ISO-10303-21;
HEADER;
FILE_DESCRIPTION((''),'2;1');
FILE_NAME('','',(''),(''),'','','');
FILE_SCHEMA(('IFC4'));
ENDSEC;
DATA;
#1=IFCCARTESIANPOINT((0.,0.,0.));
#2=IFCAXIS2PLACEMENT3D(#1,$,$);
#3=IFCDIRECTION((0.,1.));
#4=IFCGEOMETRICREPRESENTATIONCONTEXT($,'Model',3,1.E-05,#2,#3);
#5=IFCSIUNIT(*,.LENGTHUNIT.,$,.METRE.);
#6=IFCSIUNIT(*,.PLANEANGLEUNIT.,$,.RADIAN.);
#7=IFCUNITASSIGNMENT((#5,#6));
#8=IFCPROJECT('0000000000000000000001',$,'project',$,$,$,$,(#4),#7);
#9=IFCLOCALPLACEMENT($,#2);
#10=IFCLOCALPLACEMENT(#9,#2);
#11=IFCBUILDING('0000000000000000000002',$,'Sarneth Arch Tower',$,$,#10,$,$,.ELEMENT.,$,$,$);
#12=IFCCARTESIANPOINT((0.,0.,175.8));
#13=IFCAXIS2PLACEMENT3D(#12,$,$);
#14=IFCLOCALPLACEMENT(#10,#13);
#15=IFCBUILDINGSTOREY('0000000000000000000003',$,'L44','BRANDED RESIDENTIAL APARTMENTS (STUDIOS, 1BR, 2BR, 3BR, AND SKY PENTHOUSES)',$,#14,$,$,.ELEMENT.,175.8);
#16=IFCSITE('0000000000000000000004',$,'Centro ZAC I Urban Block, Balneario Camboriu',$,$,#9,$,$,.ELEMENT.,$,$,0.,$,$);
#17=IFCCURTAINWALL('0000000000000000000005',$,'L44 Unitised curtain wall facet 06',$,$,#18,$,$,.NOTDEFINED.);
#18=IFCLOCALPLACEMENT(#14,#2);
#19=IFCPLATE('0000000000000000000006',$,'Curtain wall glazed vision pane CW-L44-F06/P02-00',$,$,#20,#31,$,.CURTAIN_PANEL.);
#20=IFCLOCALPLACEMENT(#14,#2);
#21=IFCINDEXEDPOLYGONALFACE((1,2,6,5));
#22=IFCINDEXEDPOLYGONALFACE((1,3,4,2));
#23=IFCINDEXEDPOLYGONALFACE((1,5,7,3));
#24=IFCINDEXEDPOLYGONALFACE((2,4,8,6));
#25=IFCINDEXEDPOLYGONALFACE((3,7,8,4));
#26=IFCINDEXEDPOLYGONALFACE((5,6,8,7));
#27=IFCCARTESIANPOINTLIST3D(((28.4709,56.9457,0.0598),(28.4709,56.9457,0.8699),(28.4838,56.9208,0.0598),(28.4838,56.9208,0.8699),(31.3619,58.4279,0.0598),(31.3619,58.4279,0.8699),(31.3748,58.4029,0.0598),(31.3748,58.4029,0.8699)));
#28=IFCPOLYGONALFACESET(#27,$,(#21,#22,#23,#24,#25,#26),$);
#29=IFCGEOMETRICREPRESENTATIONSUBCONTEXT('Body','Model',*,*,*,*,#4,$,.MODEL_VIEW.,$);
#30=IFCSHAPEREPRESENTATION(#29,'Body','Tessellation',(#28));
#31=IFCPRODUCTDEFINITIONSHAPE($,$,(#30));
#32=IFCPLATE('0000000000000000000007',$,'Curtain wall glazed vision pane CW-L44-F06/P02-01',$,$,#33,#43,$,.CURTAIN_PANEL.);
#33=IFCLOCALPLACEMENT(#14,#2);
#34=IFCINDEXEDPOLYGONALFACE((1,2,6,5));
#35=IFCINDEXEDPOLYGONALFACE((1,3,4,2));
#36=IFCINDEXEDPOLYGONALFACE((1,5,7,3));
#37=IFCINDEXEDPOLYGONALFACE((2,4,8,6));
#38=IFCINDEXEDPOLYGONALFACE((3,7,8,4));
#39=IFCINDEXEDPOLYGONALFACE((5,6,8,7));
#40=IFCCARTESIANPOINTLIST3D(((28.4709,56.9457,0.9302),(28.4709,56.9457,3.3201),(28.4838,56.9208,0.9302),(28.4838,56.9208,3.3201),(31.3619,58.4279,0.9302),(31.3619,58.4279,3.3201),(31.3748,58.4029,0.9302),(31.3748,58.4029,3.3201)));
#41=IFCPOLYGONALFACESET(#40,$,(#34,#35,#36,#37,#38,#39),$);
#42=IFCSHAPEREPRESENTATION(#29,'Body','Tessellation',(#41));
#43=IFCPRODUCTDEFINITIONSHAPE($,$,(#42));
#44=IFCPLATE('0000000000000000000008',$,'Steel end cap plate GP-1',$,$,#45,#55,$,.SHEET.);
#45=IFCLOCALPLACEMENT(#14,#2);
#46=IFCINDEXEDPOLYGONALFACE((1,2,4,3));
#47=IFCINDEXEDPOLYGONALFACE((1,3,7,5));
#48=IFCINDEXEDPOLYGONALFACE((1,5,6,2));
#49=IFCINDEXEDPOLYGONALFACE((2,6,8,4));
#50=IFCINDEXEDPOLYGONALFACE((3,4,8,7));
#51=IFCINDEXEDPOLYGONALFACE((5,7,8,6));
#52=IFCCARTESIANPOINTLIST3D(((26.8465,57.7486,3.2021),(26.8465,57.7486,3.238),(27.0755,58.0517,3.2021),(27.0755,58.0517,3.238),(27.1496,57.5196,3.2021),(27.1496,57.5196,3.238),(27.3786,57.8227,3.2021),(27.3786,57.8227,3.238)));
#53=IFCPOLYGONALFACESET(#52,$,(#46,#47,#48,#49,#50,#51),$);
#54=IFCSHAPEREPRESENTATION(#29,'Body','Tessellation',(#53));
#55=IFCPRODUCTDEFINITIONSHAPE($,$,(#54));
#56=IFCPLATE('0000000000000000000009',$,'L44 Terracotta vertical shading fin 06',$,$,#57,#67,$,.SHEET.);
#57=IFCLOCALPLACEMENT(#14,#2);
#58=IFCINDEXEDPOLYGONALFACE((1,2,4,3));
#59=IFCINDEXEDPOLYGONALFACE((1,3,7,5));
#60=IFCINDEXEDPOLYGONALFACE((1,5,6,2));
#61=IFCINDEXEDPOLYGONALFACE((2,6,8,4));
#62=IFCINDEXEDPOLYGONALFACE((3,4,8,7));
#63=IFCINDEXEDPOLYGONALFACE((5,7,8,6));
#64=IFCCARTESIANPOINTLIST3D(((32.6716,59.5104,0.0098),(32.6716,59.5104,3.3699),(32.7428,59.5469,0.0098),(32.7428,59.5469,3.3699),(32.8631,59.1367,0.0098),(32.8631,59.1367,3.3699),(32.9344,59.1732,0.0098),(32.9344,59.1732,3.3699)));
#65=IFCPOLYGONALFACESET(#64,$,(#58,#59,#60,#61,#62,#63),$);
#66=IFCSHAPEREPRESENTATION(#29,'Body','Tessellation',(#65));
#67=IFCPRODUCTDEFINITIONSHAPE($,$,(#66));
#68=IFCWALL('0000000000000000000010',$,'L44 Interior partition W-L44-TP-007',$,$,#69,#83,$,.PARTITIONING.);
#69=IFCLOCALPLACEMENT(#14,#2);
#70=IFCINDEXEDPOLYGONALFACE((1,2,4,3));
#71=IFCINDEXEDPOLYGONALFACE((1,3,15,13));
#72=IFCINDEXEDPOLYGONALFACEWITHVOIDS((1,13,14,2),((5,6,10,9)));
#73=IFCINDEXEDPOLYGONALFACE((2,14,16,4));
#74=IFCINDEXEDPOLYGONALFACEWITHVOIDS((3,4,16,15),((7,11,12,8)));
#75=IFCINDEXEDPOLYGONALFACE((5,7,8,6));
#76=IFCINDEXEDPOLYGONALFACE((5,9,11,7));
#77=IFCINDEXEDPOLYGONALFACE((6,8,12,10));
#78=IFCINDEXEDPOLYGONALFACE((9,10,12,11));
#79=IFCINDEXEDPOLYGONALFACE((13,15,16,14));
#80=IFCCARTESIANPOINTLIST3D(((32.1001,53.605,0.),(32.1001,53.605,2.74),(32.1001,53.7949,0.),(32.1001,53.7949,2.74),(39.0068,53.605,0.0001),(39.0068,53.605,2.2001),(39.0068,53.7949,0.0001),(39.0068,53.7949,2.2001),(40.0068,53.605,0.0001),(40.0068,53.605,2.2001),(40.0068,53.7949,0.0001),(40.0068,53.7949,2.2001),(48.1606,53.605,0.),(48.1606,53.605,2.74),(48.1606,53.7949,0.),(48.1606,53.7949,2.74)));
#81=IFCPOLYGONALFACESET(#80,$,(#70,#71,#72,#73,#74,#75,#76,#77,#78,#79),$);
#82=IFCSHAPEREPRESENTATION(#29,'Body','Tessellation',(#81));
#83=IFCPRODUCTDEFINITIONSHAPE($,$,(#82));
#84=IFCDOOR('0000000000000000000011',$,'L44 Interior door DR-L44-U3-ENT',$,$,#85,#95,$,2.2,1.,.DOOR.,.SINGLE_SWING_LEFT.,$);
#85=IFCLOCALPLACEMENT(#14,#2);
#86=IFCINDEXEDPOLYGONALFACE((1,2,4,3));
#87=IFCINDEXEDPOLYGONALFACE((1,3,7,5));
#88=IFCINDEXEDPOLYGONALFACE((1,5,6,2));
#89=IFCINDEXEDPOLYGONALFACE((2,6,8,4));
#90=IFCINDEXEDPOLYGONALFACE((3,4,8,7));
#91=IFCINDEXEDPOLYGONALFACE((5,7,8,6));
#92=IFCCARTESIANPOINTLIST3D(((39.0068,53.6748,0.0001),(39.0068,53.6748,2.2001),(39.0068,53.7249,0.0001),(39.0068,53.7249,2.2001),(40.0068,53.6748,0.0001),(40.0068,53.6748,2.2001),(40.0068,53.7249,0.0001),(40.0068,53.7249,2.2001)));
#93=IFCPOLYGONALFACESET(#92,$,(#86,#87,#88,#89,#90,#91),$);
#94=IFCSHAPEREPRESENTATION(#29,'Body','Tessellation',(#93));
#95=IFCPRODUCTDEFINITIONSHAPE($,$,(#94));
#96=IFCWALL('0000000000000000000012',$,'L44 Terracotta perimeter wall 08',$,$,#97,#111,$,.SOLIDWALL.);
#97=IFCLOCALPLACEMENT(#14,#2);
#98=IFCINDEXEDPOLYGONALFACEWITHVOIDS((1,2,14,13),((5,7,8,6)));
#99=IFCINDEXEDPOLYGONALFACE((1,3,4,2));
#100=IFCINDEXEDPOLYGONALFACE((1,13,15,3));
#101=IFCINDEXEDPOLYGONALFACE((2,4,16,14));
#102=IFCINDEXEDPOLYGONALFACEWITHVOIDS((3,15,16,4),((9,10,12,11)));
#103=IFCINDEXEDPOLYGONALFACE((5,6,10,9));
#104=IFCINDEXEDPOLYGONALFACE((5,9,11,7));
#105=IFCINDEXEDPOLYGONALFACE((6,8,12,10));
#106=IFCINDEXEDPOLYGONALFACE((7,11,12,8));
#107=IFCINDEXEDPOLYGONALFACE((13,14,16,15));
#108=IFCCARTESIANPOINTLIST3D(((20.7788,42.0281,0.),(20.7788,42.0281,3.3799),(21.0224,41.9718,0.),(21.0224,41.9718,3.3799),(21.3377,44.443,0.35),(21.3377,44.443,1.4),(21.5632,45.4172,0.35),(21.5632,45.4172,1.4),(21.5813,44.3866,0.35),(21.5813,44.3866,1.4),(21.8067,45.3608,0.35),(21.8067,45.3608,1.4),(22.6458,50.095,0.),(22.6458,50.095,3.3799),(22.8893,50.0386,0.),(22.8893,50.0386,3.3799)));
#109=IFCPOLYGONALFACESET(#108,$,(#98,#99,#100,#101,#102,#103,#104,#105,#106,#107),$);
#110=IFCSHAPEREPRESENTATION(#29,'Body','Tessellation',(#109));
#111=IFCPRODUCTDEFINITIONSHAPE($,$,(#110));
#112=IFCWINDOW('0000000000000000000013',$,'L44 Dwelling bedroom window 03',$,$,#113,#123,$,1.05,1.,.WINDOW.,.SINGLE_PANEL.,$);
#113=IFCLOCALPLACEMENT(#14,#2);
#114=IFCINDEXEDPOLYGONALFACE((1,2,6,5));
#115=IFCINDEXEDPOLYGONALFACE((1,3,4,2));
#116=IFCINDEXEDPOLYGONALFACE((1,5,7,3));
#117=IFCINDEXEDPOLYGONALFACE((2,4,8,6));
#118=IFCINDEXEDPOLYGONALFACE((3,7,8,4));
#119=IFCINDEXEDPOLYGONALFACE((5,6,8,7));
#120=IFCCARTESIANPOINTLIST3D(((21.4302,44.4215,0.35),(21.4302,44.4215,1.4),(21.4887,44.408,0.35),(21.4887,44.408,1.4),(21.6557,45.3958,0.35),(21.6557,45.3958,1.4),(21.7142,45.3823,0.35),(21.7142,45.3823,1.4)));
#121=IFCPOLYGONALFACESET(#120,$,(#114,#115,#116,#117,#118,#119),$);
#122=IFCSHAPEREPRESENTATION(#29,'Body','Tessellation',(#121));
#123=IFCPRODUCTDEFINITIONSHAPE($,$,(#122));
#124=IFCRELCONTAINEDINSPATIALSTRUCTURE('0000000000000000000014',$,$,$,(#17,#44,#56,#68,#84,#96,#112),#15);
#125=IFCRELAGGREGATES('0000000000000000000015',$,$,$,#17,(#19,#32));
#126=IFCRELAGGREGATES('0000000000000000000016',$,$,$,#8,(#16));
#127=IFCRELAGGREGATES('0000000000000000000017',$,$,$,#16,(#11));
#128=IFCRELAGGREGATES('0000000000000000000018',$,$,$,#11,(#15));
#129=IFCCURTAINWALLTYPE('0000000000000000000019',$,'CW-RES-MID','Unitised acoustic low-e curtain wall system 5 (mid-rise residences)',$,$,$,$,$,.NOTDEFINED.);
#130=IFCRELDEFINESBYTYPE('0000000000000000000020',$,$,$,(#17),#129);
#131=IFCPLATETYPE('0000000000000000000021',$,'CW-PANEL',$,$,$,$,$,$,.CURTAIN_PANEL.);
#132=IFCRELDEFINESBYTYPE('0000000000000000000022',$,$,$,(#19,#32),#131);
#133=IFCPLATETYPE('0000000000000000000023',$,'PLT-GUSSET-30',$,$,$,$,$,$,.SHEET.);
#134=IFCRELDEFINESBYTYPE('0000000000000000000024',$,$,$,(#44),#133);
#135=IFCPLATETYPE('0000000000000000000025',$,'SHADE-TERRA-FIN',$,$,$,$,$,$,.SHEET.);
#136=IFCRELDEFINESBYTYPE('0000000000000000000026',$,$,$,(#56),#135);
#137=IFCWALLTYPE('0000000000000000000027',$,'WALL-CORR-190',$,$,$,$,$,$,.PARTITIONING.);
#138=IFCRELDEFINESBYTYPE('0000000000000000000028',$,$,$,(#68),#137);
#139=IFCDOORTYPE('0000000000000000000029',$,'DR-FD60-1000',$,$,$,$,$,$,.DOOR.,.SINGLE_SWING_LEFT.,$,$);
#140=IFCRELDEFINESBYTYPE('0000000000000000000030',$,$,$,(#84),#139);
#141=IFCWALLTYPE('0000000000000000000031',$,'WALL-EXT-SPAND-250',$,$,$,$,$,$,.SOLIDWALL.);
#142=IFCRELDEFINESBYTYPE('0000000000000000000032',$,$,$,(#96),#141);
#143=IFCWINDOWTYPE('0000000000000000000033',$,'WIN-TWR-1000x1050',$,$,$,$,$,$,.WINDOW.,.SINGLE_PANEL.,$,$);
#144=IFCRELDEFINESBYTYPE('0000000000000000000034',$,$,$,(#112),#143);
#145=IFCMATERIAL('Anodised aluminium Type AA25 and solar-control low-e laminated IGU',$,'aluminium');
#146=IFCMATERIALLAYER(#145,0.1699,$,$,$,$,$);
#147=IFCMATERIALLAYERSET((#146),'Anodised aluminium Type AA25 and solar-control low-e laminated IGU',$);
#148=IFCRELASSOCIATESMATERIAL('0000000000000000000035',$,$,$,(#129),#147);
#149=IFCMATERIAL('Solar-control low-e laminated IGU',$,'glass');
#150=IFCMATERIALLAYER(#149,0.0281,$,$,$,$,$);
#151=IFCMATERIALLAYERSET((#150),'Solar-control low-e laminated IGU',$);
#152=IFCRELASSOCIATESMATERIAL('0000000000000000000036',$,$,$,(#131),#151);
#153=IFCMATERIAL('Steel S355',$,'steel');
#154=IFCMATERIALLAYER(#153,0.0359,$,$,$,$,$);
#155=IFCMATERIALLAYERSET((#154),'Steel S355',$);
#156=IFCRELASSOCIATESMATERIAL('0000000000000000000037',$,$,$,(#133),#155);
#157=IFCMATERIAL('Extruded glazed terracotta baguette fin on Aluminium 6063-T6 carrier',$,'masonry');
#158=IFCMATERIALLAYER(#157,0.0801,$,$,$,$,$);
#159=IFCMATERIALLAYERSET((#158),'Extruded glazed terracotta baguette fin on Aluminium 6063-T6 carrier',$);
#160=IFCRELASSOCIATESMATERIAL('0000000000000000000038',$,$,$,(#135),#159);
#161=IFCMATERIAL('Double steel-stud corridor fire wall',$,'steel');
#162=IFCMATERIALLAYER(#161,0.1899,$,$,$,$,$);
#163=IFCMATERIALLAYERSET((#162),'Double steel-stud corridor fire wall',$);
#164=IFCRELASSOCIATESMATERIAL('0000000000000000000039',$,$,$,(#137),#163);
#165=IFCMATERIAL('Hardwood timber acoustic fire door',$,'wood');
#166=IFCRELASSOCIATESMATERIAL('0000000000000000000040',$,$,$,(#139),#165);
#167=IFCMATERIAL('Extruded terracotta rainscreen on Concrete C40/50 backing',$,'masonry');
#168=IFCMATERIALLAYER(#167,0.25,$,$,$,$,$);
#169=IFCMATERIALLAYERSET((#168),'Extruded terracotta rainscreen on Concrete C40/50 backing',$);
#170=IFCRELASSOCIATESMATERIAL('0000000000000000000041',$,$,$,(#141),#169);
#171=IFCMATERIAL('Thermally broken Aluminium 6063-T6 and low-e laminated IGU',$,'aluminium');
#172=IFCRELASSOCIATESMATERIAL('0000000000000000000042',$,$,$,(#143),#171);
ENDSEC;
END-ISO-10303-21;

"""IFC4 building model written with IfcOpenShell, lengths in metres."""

from ifc_helpers import new_model, si_unit, direction, frame, frame_2d, origin, origin_2d, place, context, subcontext, project, spatial, rectangle, extrude, material, layer, layer_set, type_object, element, fill, aggregate, save


model = new_model("IFC4")

# Units and contexts
model_context = context("Model", 3, precision=1e-05, world=origin(), true_north=direction((0.0, 1.0)))
body_context = subcontext(model_context, "Body", "Model", "MODEL_VIEW")
ifc_project = project(units=[si_unit("LENGTHUNIT", "METRE"), si_unit("PLANEANGLEUNIT", "RADIAN")], contexts=[model_context])

# Site, building, storey
site_placement = place(None, origin())
site = spatial("IfcSite", under=ifc_project, at=site_placement, Name="Centro ZAC I Urban Block, Balneario Camboriu", CompositionType="ELEMENT", RefElevation=0.0)
building_placement = place(site_placement, origin())
building = spatial("IfcBuilding", under=site, at=building_placement, Name="Sarneth Arch Tower", CompositionType="ELEMENT")
storey_placement = place(building_placement, frame((0.0, 0.0, 175.8)))
storey = spatial("IfcBuildingStorey", under=building, at=storey_placement, Name="L44", Description="BRANDED RESIDENTIAL APARTMENTS (STUDIOS, 1BR, 2BR, 3BR, AND SKY PENTHOUSES)", CompositionType="ELEMENT", Elevation=175.8)

# Curtain wall
ifc_material_1 = material(Name="Anodised aluminium Type AA25 and solar-control low-e laminated IGU", Category="aluminium")
ifc_layer_1 = layer(ifc_material_1, 0.1699)
ifc_layer_set_1 = layer_set([ifc_layer_1], Name="Anodised aluminium Type AA25 and solar-control low-e laminated IGU")
curtain_wall_type = type_object("IfcCurtainWallType", Name="CW-RES-MID", Description="Unitised acoustic low-e curtain wall system 5 (mid-rise residences)", PredefinedType="NOTDEFINED", material=ifc_layer_set_1)
curtain_wall_placement = place(storey_placement, origin())
curtain_wall = element("IfcCurtainWall", 1, at=curtain_wall_placement, inside=storey, type_object=curtain_wall_type, Name="L44 Unitised curtain wall facet 06", PredefinedType="NOTDEFINED")

# Plates
ifc_material_2 = material(Name="Solar-control low-e laminated IGU", Category="glass")
ifc_layer_2 = layer(ifc_material_2, 0.0281)
ifc_layer_set_2 = layer_set([ifc_layer_2], Name="Solar-control low-e laminated IGU")
plate_type_1 = type_object("IfcPlateType", Name="CW-PANEL", PredefinedType="CURTAIN_PANEL", material=ifc_layer_set_2)
plate_1_placement = place(storey_placement, frame((29.9229, 57.6743, 0.0598), z_axis=(0.0, 0.0, 1.0), x_axis=(-0.889873, -0.456208, 0.0)))
plate_1 = element("IfcPlate", 2, at=plate_1_placement, type_object=plate_type_1, Name="Curtain wall glazed vision pane CW-L44-F06/P02-00", PredefinedType="CURTAIN_PANEL", context=body_context, shape_type="SweptSolid", body=[
    extrude(rectangle(XDim=3.2488, YDim=0.0281, at=origin_2d()), origin(), (0.0, 0.0, 1.0), 0.8101),
])
plate_2_placement = place(storey_placement, frame((29.9229, 57.6743, 0.9302), z_axis=(0.0, 0.0, 1.0), x_axis=(-0.889873, -0.456208, 0.0)))
plate_2 = element("IfcPlate", 3, at=plate_2_placement, type_object=plate_type_1, Name="Curtain wall glazed vision pane CW-L44-F06/P02-01", PredefinedType="CURTAIN_PANEL", context=body_context, shape_type="SweptSolid", body=[
    extrude(rectangle(XDim=3.2488, YDim=0.0281, at=origin_2d()), origin(), (0.0, 0.0, 1.0), 2.3899),
])
aggregate(curtain_wall, [plate_1, plate_2])

# Plates
ifc_material_3 = material(Name="Steel S355", Category="steel")
ifc_layer_3 = layer(ifc_material_3, 0.0359)
ifc_layer_set_3 = layer_set([ifc_layer_3], Name="Steel S355")
plate_type_2 = type_object("IfcPlateType", Name="PLT-GUSSET-30", PredefinedType="SHEET", material=ifc_layer_set_3)
plate_3_placement = place(storey_placement, frame((27.1125, 57.7856, 3.2021), z_axis=(0.0, 0.0, 1.0), x_axis=(-0.797794, 0.60293, 0.0)))
element("IfcPlate", 4, at=plate_3_placement, inside=storey, type_object=plate_type_2, Name="Steel end cap plate GP-1", PredefinedType="SHEET", context=body_context, shape_type="SweptSolid", body=[
    extrude(rectangle(XDim=0.3799, YDim=0.3799, at=origin_2d()), origin(), (0.0, 0.0, 1.0), 0.0359),
])
ifc_material_4 = material(Name="Extruded glazed terracotta baguette fin on Aluminium 6063-T6 carrier", Category="masonry")
ifc_layer_4 = layer(ifc_material_4, 0.0801)
ifc_layer_set_4 = layer_set([ifc_layer_4], Name="Extruded glazed terracotta baguette fin on Aluminium 6063-T6 carrier")
plate_type_3 = type_object("IfcPlateType", Name="SHADE-TERRA-FIN", PredefinedType="SHEET", material=ifc_layer_set_4)
plate_4_placement = place(storey_placement, frame((32.803, 59.3418, 0.0098), z_axis=(0.0, 0.0, 1.0), x_axis=(-0.456166, 0.889895, 0.0)))
element("IfcPlate", 5, at=plate_4_placement, inside=storey, type_object=plate_type_3, Name="L44 Terracotta vertical shading fin 06", PredefinedType="SHEET", context=body_context, shape_type="SweptSolid", body=[
    extrude(rectangle(XDim=0.4199, YDim=0.0801, at=origin_2d()), origin(), (0.0, 0.0, 1.0), 3.3601),
])

# Wall, opening, door
ifc_material_5 = material(Name="Double steel-stud corridor fire wall", Category="steel")
ifc_layer_5 = layer(ifc_material_5, 0.1899)
ifc_layer_set_5 = layer_set([ifc_layer_5], Name="Double steel-stud corridor fire wall")
wall_type_1 = type_object("IfcWallType", Name="WALL-CORR-190", PredefinedType="PARTITIONING", material=ifc_layer_set_5)
wall_1_placement = place(storey_placement, frame((32.1001, 53.7, 0.0), z_axis=(0.0, 0.0, 1.0), x_axis=(1.0, 0.0, 0.0)))
wall_1 = element("IfcWall", 6, at=wall_1_placement, inside=storey, type_object=wall_type_1, Name="L44 Interior partition W-L44-TP-007", PredefinedType="PARTITIONING", context=body_context, shape_type="SweptSolid", body=[
    extrude(rectangle(XDim=16.0605, YDim=0.1899, at=frame_2d((8.0303, 0.0))), origin(), (0.0, 0.0, 1.0), 2.74),
])
opening_1_placement = place(wall_1_placement, frame((6.9067, 0.0, 0.0)))
opening_1 = element("IfcOpeningElement", 7, at=opening_1_placement, cuts=wall_1, PredefinedType="OPENING", context=body_context, shape_type="SweptSolid", body=[
    extrude(rectangle(XDim=1.0, YDim=2.2, at=frame_2d((0.5, 1.1001))), frame((0.0, 0.105, 0.0), z_axis=(0.0, -1.0, 0.0), x_axis=(1.0, 0.0, 0.0)), (0.0, 0.0, 1.0), 0.21),
])
ifc_material_6 = material(Name="Hardwood timber acoustic fire door", Category="wood")
door_type_1 = type_object("IfcDoorType", Name="DR-FD60-1000", OperationType="SINGLE_SWING_LEFT", PredefinedType="DOOR", material=ifc_material_6)
door_1_placement = place(opening_1_placement, origin())
door_1 = element("IfcDoor", 8, at=door_1_placement, inside=storey, type_object=door_type_1, Name="L44 Interior door DR-L44-U3-ENT", OperationType="SINGLE_SWING_LEFT", OverallHeight=2.2, OverallWidth=1.0, PredefinedType="DOOR", context=body_context, shape_type="SweptSolid", body=[
    extrude(rectangle(XDim=1.0, YDim=2.2, at=frame_2d((0.5, 1.1001))), frame((0.0, 0.0249, 0.0), z_axis=(0.0, -1.0, 0.0), x_axis=(1.0, 0.0, 0.0)), (0.0, 0.0, 1.0), 0.05),
])
fill(opening_1, door_1)

# Wall, opening, window
ifc_material_7 = material(Name="Extruded terracotta rainscreen on Concrete C40/50 backing", Category="masonry")
ifc_layer_6 = layer(ifc_material_7, 0.25)
ifc_layer_set_6 = layer_set([ifc_layer_6], Name="Extruded terracotta rainscreen on Concrete C40/50 backing")
wall_type_2 = type_object("IfcWallType", Name="WALL-EXT-SPAND-250", PredefinedType="SOLIDWALL", material=ifc_layer_set_6)
wall_2_placement = place(storey_placement, frame((22.7676, 50.0669, 0.0), z_axis=(0.0, 0.0, 1.0), x_axis=(-0.225473, -0.974249, 0.0)))
wall_2 = element("IfcWall", 9, at=wall_2_placement, inside=storey, type_object=wall_type_2, Name="L44 Terracotta perimeter wall 08", PredefinedType="SOLIDWALL", context=body_context, shape_type="SweptSolid", body=[
    extrude(rectangle(XDim=8.28, YDim=0.25, at=frame_2d((4.1401, 0.0))), origin(), (0.0, 0.0, 1.0), 3.3799),
])
opening_2_placement = place(wall_2_placement, frame((4.8015, 0.0, 0.3501)))
opening_2 = element("IfcOpeningElement", 10, at=opening_2_placement, cuts=wall_2, PredefinedType="OPENING", context=body_context, shape_type="SweptSolid", body=[
    extrude(rectangle(XDim=1.0, YDim=1.05, at=frame_2d((0.5, 0.5249))), frame((0.0, 0.135, 0.0), z_axis=(0.0, -1.0, 0.0), x_axis=(1.0, 0.0, 0.0)), (0.0, 0.0, 1.0), 0.27),
])
ifc_material_8 = material(Name="Thermally broken Aluminium 6063-T6 and low-e laminated IGU", Category="aluminium")
window_type_1 = type_object("IfcWindowType", Name="WIN-TWR-1000x1050", PartitioningType="SINGLE_PANEL", PredefinedType="WINDOW", material=ifc_material_8)
window_1_placement = place(opening_2_placement, origin())
window_1 = element("IfcWindow", 11, at=window_1_placement, inside=storey, type_object=window_type_1, Name="L44 Dwelling bedroom window 03", OverallHeight=1.05, OverallWidth=1.0, PartitioningType="SINGLE_PANEL", PredefinedType="WINDOW", context=body_context, shape_type="SweptSolid", body=[
    extrude(rectangle(XDim=1.0, YDim=1.05, at=frame_2d((0.5, 0.5249))), frame((0.0, 0.03, 0.0), z_axis=(0.0, -1.0, 0.0), x_axis=(1.0, 0.0, 0.0)), (0.0, 0.0, 1.0), 0.0601),
])
fill(opening_2, window_1)

save(model, "model.ifc")
